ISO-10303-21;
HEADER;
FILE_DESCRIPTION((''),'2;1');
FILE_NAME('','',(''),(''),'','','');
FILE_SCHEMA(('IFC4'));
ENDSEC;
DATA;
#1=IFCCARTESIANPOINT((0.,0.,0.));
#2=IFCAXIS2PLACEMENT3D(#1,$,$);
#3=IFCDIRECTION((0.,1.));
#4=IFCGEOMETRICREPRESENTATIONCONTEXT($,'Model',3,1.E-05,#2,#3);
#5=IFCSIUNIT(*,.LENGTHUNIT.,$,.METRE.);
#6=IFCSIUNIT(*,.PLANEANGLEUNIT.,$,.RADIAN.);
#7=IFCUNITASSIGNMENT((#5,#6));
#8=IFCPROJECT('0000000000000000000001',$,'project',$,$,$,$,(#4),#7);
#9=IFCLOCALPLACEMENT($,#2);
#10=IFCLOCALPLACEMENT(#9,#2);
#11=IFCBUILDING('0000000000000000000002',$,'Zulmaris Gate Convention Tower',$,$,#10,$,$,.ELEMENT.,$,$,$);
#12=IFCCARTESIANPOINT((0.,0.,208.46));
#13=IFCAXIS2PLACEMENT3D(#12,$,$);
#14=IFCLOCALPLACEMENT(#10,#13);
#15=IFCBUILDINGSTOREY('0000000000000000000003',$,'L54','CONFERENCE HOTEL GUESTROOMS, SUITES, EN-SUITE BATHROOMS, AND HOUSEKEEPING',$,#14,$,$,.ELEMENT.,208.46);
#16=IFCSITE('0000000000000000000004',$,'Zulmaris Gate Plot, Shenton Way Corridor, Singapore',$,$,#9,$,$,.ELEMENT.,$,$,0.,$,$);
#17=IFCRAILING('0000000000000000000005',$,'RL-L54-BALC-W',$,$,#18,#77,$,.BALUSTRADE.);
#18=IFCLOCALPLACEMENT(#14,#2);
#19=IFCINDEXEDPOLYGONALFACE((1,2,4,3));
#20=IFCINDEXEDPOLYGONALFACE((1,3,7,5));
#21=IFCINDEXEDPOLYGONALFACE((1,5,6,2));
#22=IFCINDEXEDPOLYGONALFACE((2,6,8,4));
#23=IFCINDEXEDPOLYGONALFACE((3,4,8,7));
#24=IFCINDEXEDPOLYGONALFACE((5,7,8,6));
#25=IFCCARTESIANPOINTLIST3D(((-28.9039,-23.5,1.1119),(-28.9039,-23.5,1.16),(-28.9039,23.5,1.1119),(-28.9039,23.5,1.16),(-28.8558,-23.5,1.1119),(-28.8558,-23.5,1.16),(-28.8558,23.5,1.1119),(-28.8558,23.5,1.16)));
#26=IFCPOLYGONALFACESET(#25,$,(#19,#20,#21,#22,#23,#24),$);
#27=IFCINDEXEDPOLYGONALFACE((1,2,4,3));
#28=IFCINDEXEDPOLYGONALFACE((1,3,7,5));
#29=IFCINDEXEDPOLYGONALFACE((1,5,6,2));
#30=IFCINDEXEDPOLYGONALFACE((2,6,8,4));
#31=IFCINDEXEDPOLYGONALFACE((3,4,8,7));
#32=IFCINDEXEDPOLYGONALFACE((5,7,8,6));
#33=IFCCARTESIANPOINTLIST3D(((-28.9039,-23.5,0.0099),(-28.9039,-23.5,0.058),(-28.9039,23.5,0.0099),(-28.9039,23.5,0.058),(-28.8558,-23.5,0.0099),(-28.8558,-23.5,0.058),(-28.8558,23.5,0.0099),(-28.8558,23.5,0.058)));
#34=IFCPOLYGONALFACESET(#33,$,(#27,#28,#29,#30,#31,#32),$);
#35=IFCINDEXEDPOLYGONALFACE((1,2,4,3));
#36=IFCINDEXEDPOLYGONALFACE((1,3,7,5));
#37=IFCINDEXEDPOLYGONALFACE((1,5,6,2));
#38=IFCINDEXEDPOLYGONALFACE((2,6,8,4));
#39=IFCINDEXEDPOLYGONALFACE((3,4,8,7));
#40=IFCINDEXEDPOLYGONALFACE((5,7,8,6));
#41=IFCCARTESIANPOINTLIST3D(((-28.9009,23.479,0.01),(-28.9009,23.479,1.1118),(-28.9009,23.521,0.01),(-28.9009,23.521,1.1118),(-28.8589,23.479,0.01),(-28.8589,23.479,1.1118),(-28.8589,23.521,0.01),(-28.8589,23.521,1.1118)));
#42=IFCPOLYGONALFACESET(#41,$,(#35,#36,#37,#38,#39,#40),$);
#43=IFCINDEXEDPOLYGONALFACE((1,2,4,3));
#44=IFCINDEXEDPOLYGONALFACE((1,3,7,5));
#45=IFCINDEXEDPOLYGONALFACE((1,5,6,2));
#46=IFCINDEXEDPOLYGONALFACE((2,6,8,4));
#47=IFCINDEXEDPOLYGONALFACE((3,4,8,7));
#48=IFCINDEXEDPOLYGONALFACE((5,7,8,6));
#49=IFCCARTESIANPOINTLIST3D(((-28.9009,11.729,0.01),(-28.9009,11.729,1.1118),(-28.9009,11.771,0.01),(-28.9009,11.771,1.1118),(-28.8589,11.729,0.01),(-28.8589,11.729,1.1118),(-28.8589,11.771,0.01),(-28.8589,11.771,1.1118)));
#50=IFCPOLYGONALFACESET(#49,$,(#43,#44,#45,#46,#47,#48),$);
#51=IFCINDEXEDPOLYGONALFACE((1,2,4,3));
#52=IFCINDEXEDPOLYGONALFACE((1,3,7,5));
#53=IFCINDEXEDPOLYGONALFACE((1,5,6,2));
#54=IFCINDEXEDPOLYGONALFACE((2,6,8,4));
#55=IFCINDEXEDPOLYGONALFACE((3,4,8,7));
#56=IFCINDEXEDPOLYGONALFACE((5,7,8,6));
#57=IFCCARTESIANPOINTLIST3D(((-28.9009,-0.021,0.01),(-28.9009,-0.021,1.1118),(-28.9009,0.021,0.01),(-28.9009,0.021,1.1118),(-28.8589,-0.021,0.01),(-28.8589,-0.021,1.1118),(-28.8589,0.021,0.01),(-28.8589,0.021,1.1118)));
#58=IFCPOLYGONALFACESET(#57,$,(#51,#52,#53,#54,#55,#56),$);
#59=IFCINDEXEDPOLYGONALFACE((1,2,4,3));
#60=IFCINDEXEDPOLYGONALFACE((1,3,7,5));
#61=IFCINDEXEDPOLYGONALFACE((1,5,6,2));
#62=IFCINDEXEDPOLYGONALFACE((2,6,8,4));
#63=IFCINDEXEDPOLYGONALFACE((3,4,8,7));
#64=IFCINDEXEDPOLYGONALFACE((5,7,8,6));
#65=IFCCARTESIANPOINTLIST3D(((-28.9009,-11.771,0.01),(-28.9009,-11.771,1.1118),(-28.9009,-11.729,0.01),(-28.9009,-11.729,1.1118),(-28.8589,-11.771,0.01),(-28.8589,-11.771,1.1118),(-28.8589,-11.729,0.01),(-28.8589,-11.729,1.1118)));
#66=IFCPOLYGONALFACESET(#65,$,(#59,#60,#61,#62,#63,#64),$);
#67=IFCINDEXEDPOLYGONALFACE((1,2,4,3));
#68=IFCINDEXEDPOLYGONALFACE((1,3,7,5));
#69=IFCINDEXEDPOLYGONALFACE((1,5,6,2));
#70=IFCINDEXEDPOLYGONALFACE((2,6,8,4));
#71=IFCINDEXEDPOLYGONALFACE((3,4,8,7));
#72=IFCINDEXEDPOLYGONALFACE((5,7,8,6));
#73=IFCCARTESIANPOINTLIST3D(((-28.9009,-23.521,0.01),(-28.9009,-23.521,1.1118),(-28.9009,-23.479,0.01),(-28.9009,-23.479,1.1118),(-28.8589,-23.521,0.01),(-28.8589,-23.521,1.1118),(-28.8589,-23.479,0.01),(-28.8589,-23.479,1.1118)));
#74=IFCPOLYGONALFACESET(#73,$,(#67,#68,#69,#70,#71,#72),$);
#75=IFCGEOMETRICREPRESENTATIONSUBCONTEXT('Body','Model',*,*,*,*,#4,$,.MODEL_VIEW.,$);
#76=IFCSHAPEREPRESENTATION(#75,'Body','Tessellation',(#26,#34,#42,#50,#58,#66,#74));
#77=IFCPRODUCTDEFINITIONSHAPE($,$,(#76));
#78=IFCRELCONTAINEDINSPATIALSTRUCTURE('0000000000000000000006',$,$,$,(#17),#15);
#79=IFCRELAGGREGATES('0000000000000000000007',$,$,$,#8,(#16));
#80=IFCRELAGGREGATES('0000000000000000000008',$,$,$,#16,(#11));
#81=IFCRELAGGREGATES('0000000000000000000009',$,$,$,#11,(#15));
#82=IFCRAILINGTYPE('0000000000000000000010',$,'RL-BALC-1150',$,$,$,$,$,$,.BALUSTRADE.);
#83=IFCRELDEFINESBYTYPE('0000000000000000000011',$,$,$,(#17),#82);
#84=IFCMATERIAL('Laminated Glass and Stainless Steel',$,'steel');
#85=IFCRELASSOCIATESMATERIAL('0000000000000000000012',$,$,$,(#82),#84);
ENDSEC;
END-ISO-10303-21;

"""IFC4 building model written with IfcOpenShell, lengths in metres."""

from ifc_helpers import new_model, si_unit, direction, frame, origin, origin_2d, place, context, subcontext, project, spatial, rectangle, extrude, material, type_object, element, save


model = new_model("IFC4")

# Units and contexts
model_context = context("Model", 3, precision=1e-05, world=origin(), true_north=direction((0.0, 1.0)))
body_context = subcontext(model_context, "Body", "Model", "MODEL_VIEW")
ifc_project = project(units=[si_unit("LENGTHUNIT", "METRE"), si_unit("PLANEANGLEUNIT", "RADIAN")], contexts=[model_context])

# Site, building, storey
site_placement = place(None, origin())
site = spatial("IfcSite", under=ifc_project, at=site_placement, Name="Zulmaris Gate Plot, Shenton Way Corridor, Singapore", CompositionType="ELEMENT", RefElevation=0.0)
building_placement = place(site_placement, origin())
building = spatial("IfcBuilding", under=site, at=building_placement, Name="Zulmaris Gate Convention Tower", CompositionType="ELEMENT")
storey_placement = place(building_placement, frame((0.0, 0.0, 208.46)))
storey = spatial("IfcBuildingStorey", under=building, at=storey_placement, Name="L54", Description="CONFERENCE HOTEL GUESTROOMS, SUITES, EN-SUITE BATHROOMS, AND HOUSEKEEPING", CompositionType="ELEMENT", Elevation=208.46)

# Railing
ifc_material_1 = material(Name="Laminated Glass and Stainless Steel", Category="steel")
railing_type = type_object("IfcRailingType", Name="RL-BALC-1150", PredefinedType="BALUSTRADE", material=ifc_material_1)
railing_placement = place(storey_placement, frame((-28.8799, 23.5, 0.01)))
element("IfcRailing", 1, at=railing_placement, inside=storey, type_object=railing_type, Name="RL-L54-BALC-W", PredefinedType="BALUSTRADE", context=body_context, shape_type="SweptSolid", body=[
    extrude(rectangle(XDim=0.0481, YDim=0.0481, at=origin_2d()), frame((0.0, 0.0, 1.126), z_axis=(0.0, -1.0, 0.0), x_axis=(1.0, 0.0, 0.0)), (0.0, 0.0, 1.0), 47.0),
    extrude(rectangle(XDim=0.0481, YDim=0.0481, at=origin_2d()), frame((0.0, 0.0, 0.0239), z_axis=(0.0, -1.0, 0.0), x_axis=(1.0, 0.0, 0.0)), (0.0, 0.0, 1.0), 47.0),
    extrude(rectangle(XDim=0.042, YDim=0.042, at=origin_2d()), origin(), (0.0, 0.0, 1.0), 1.1018),
    extrude(rectangle(XDim=0.042, YDim=0.042, at=origin_2d()), frame((0.0, -11.75, 0.0)), (0.0, 0.0, 1.0), 1.1018),
    extrude(rectangle(XDim=0.042, YDim=0.042, at=origin_2d()), frame((0.0, -23.5, 0.0)), (0.0, 0.0, 1.0), 1.1018),
    extrude(rectangle(XDim=0.042, YDim=0.042, at=origin_2d()), frame((0.0, -35.25, 0.0)), (0.0, 0.0, 1.0), 1.1018),
    extrude(rectangle(XDim=0.042, YDim=0.042, at=origin_2d()), frame((0.0, -47.0, 0.0)), (0.0, 0.0, 1.0), 1.1018),
])

save(model, "model.ifc")
